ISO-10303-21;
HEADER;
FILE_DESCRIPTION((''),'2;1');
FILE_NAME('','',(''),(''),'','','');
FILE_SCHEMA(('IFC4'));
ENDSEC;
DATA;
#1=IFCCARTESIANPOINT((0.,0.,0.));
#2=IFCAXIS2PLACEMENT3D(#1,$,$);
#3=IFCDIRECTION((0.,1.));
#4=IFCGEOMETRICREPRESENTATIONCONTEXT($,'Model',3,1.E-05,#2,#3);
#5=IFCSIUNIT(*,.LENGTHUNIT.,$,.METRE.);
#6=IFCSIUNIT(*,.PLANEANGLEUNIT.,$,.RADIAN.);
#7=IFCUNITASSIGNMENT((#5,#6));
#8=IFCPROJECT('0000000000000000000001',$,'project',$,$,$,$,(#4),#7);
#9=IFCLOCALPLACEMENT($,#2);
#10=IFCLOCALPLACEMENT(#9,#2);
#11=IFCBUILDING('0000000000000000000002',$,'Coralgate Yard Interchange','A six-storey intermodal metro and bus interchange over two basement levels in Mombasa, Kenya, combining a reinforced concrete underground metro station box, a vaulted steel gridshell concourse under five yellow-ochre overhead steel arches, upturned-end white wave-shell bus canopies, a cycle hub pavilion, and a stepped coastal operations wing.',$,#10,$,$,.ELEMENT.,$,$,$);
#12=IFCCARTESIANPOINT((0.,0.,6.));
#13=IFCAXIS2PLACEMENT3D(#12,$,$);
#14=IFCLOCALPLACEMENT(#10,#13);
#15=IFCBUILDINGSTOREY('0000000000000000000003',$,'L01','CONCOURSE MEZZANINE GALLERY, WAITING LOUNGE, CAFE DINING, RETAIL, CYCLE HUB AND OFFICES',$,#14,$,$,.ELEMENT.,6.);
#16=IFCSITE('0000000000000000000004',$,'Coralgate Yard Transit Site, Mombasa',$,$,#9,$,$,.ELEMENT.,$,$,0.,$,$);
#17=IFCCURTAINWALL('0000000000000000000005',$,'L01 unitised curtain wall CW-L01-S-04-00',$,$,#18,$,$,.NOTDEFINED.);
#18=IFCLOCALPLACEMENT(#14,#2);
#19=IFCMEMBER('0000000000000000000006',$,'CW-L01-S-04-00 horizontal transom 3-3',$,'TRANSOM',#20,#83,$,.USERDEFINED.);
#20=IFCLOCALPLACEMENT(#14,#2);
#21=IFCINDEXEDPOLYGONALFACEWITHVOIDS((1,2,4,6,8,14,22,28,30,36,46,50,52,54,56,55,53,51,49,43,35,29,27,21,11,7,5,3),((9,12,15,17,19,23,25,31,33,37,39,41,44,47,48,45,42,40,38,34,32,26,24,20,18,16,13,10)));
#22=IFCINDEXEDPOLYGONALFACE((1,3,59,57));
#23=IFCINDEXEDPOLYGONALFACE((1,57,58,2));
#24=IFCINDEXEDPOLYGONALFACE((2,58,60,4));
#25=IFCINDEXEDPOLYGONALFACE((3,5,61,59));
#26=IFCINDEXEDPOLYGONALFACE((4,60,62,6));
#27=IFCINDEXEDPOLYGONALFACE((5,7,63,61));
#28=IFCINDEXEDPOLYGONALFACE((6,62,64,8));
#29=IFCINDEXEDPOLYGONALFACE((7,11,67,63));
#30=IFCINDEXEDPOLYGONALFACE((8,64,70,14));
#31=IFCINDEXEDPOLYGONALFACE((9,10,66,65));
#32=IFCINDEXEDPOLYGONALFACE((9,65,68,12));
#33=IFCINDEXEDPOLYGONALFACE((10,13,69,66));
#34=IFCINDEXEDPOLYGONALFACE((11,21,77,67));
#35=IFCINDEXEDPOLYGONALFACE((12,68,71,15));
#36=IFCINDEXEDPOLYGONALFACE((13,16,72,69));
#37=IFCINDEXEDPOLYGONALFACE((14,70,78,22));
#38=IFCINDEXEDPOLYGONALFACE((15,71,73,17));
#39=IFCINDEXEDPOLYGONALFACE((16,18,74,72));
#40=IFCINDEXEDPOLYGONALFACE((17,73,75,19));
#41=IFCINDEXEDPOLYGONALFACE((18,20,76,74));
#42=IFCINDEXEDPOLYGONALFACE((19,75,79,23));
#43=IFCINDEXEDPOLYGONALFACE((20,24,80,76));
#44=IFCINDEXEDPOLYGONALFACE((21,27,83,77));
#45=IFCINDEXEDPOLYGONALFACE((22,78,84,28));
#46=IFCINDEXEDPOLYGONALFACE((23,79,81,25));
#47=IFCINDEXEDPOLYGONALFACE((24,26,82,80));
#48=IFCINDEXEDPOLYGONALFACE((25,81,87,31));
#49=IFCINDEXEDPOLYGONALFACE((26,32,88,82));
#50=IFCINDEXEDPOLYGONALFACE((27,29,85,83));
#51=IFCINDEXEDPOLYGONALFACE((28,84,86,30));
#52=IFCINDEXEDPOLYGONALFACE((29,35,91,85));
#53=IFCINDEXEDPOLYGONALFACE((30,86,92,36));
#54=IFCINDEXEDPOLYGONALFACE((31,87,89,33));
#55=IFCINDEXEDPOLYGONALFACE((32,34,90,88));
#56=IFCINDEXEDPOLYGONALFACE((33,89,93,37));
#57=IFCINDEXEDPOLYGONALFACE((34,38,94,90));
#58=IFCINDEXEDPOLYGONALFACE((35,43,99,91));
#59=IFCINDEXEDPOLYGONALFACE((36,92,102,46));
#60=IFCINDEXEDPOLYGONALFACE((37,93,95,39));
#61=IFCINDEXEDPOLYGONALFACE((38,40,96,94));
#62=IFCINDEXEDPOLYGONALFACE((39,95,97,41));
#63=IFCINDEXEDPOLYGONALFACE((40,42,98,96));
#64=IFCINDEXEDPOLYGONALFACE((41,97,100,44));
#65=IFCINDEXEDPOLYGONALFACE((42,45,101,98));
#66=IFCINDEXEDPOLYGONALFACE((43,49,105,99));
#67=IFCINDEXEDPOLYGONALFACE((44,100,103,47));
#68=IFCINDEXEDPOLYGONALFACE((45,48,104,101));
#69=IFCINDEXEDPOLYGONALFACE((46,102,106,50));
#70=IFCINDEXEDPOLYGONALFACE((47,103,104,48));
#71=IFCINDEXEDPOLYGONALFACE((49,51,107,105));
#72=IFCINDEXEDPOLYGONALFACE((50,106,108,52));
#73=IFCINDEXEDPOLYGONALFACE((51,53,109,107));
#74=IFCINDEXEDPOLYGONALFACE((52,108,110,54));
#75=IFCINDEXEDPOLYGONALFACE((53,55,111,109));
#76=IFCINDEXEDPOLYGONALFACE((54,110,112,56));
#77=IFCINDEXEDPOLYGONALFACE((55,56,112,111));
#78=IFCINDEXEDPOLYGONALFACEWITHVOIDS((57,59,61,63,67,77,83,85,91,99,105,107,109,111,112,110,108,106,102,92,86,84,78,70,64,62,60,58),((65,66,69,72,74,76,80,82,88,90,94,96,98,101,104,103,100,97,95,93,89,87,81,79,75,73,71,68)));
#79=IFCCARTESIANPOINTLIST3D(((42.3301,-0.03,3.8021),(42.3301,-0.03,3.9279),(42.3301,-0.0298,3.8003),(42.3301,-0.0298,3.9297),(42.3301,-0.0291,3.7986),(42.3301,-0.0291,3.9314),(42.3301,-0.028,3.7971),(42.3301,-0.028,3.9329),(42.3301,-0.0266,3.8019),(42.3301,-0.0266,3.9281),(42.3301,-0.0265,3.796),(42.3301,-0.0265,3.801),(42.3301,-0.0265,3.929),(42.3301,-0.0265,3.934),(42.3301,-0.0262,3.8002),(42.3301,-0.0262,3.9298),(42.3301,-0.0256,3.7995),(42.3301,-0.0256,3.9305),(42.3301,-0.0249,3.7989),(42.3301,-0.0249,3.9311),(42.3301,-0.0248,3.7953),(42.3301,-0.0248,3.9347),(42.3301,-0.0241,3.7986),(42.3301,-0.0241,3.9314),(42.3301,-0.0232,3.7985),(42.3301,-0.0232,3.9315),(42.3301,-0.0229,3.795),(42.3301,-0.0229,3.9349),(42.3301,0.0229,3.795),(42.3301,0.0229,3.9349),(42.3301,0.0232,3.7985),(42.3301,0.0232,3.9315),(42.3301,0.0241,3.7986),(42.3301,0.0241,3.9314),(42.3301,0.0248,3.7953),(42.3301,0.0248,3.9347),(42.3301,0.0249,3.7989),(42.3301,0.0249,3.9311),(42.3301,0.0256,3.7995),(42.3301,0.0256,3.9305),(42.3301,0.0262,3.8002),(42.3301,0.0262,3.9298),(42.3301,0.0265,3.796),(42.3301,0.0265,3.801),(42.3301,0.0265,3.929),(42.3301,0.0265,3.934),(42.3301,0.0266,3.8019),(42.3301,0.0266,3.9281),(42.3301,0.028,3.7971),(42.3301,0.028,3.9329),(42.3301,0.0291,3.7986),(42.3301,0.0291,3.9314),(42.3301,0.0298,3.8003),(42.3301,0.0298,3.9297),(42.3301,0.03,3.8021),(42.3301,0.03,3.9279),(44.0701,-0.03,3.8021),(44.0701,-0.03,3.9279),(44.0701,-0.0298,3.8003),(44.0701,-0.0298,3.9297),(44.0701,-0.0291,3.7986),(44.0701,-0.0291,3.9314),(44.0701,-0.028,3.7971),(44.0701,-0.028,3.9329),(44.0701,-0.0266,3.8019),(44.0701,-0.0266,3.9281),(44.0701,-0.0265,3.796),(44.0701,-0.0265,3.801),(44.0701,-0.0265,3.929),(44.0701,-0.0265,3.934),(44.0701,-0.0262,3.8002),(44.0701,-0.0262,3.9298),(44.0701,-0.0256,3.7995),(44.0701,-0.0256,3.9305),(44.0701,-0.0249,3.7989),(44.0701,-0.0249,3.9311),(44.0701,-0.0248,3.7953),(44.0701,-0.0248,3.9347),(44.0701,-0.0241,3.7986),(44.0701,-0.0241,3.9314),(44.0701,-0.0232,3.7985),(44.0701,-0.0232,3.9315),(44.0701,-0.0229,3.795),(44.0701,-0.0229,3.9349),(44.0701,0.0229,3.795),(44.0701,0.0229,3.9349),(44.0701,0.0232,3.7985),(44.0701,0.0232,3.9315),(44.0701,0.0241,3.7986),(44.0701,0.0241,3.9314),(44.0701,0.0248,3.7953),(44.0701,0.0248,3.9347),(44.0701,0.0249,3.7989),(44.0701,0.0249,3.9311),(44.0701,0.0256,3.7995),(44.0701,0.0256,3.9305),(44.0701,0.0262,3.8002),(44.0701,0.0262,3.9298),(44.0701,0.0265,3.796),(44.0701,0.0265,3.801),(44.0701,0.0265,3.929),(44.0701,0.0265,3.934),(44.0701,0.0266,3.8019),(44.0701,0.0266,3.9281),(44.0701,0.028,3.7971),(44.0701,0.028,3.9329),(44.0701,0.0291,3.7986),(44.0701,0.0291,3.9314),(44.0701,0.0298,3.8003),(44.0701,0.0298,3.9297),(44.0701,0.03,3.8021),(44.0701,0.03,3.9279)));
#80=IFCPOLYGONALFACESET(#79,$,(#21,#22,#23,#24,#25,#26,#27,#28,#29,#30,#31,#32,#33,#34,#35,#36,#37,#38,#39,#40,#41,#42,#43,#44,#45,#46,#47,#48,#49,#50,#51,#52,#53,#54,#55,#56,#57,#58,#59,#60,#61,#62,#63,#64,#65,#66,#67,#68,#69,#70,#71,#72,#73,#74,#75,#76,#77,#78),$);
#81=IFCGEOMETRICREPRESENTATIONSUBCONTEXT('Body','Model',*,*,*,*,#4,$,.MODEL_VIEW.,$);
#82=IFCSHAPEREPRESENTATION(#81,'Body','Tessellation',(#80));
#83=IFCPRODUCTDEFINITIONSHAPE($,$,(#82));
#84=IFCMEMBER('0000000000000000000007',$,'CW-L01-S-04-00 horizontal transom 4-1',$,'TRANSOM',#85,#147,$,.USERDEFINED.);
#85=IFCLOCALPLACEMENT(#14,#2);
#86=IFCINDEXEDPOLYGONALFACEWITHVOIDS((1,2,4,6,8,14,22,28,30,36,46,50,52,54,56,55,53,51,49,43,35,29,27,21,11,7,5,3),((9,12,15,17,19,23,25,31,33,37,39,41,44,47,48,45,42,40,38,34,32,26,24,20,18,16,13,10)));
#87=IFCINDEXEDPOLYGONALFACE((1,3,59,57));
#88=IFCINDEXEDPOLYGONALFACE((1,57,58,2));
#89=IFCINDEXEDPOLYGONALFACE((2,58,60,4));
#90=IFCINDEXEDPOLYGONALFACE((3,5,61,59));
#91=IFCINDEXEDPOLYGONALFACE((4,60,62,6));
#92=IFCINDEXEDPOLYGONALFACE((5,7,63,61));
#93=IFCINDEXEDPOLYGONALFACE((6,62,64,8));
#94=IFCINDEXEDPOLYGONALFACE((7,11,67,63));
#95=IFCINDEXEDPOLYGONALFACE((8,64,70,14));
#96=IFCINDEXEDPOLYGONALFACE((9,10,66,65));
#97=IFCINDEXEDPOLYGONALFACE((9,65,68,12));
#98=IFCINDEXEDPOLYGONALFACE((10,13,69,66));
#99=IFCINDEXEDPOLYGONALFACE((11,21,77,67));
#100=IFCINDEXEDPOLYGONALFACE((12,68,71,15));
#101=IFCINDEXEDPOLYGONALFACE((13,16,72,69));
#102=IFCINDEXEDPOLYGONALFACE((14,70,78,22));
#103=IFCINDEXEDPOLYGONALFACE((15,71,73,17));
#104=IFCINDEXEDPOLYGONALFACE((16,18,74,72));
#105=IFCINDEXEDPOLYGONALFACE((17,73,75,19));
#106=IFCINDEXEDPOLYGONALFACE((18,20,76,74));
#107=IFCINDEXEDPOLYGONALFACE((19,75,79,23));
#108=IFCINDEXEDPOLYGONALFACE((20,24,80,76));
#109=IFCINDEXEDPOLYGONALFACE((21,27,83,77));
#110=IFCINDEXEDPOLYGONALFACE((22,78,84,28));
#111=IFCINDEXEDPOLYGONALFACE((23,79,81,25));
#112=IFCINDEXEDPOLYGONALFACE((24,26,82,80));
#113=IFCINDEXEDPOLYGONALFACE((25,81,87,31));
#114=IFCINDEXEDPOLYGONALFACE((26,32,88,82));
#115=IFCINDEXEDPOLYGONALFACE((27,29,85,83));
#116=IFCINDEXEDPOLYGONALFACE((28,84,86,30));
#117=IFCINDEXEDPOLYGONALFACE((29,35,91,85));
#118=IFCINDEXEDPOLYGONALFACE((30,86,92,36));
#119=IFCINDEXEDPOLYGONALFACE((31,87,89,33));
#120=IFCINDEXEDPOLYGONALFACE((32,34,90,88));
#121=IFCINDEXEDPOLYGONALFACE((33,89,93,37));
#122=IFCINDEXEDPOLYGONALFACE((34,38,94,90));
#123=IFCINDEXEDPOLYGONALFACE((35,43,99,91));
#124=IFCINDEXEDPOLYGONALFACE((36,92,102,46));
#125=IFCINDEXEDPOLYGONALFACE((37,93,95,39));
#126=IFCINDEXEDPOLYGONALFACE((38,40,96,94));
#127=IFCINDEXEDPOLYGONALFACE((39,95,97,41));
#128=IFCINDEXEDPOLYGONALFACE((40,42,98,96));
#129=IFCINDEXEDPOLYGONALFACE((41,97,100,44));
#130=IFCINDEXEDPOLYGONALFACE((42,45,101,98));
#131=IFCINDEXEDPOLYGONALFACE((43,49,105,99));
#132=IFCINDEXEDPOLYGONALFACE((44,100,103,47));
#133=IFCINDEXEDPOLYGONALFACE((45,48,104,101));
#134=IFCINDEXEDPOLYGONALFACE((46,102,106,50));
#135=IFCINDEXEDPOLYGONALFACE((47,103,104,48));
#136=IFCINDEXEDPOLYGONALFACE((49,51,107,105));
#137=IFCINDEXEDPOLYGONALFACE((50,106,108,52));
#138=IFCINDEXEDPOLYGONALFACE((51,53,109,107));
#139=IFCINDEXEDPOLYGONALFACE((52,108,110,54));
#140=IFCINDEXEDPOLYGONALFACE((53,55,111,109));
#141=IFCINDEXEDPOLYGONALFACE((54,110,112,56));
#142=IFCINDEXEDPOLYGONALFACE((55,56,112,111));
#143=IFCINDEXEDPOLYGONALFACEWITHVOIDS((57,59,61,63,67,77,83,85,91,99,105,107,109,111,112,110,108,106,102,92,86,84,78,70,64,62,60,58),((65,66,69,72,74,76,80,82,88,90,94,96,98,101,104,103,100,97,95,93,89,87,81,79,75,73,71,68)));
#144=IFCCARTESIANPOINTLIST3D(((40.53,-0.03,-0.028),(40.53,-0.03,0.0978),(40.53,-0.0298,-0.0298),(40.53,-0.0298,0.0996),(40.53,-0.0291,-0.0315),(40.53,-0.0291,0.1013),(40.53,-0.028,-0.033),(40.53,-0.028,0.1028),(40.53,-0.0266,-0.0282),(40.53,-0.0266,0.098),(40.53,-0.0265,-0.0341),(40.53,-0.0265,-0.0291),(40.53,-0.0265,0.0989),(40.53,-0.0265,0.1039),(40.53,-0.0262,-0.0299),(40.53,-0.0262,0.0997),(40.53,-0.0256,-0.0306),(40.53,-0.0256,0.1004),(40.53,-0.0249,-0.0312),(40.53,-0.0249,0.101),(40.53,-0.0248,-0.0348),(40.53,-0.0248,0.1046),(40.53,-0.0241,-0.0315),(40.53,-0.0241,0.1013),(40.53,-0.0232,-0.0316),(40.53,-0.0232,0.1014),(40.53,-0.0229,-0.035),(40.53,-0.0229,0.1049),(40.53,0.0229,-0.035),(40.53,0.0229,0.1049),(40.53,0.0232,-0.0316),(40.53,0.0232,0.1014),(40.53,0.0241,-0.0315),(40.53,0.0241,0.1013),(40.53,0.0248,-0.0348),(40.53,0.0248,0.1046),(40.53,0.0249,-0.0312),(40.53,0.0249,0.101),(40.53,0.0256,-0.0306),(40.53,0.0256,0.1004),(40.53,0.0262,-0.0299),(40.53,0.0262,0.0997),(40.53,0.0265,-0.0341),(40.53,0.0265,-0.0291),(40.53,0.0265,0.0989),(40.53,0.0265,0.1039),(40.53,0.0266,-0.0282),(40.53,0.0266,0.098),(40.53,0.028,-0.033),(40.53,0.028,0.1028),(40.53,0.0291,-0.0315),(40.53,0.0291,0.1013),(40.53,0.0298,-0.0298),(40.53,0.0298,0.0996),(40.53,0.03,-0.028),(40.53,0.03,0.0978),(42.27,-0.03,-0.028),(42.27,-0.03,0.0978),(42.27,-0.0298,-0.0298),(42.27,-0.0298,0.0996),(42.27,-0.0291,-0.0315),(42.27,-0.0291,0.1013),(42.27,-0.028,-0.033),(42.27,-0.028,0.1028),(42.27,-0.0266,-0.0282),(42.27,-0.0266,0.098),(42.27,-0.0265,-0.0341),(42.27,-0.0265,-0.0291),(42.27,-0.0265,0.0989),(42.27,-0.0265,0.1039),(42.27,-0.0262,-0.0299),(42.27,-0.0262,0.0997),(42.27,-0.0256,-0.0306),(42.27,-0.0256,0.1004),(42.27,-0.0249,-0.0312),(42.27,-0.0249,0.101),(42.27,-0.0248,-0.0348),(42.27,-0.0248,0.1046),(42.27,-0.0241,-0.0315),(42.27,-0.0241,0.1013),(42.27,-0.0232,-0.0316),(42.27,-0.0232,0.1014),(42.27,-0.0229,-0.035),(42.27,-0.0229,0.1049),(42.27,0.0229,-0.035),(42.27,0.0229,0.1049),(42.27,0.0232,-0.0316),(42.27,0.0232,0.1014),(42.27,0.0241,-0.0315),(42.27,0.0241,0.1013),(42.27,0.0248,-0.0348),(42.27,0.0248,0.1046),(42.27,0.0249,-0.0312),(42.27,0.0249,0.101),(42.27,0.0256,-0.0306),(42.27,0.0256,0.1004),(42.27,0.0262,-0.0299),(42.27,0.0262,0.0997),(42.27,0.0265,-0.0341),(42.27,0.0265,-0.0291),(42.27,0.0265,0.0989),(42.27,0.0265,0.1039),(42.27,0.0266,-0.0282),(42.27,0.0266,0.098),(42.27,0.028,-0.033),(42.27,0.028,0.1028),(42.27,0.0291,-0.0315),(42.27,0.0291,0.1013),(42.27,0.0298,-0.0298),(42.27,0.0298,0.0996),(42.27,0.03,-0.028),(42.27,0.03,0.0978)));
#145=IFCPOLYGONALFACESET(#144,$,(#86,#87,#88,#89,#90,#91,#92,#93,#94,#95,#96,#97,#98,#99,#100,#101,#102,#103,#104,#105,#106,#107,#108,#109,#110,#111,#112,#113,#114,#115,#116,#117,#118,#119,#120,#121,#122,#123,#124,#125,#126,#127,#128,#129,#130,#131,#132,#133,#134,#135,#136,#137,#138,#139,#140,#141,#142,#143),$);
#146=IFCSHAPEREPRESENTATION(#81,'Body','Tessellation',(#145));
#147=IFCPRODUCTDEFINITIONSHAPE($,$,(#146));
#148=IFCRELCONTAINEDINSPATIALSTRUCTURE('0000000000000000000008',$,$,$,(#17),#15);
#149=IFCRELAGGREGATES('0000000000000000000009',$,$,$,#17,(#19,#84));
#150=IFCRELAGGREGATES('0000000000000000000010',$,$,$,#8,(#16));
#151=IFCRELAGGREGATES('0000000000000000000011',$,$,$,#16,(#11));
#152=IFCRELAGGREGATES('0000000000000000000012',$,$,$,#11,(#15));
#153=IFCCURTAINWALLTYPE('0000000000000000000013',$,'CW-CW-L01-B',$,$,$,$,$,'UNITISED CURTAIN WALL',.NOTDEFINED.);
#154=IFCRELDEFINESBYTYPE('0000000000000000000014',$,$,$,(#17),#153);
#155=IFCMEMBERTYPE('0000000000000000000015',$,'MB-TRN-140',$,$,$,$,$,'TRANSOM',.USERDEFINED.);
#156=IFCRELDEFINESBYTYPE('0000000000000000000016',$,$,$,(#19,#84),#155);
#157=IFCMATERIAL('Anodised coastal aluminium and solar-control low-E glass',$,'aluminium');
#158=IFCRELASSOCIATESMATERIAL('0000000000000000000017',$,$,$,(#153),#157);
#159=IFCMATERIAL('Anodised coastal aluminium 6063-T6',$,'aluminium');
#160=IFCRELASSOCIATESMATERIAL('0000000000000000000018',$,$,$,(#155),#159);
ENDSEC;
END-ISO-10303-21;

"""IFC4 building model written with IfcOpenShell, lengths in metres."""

from ifc_helpers import new_model, si_unit, direction, frame, origin, origin_2d, place, context, subcontext, project, spatial, hollow_rectangle, extrude, material, material_profile, profile_set, type_object, element, aggregate, save


model = new_model("IFC4")

# Units and contexts
model_context = context("Model", 3, precision=1e-05, world=origin(), true_north=direction((0.0, 1.0)))
body_context = subcontext(model_context, "Body", "Model", "MODEL_VIEW")
ifc_project = project(units=[si_unit("LENGTHUNIT", "METRE"), si_unit("PLANEANGLEUNIT", "RADIAN")], contexts=[model_context])

# Site, building, storey
site_placement = place(None, origin())
site = spatial("IfcSite", under=ifc_project, at=site_placement, Name="Coralgate Yard Transit Site, Mombasa", CompositionType="ELEMENT", RefElevation=0.0)
building_placement = place(site_placement, origin())
building = spatial("IfcBuilding", under=site, at=building_placement, Name="Coralgate Yard Interchange", Description="A six-storey intermodal metro and bus interchange over two basement levels in Mombasa, Kenya, combining a reinforced concrete underground metro station box, a vaulted steel gridshell concourse under five yellow-ochre overhead steel arches, upturned-end white wave-shell bus canopies, a cycle hub pavilion, and a stepped coastal operations wing.", CompositionType="ELEMENT")
storey_placement = place(building_placement, frame((0.0, 0.0, 6.0)))
storey = spatial("IfcBuildingStorey", under=building, at=storey_placement, Name="L01", Description="CONCOURSE MEZZANINE GALLERY, WAITING LOUNGE, CAFE DINING, RETAIL, CYCLE HUB AND OFFICES", CompositionType="ELEMENT", Elevation=6.0)

# Curtain wall, members
ifc_material_1 = material(Name="Anodised coastal aluminium and solar-control low-E glass", Category="aluminium")
curtain_wall_type = type_object("IfcCurtainWallType", Name="CW-CW-L01-B", ElementType="UNITISED CURTAIN WALL", PredefinedType="NOTDEFINED", material=ifc_material_1)
curtain_wall_placement = place(storey_placement, origin())
curtain_wall = element("IfcCurtainWall", 1, at=curtain_wall_placement, inside=storey, type_object=curtain_wall_type, Name="L01 unitised curtain wall CW-L01-S-04-00", PredefinedType="NOTDEFINED")
ifc_material_2 = material(Name="Anodised coastal aluminium 6063-T6", Category="aluminium")
ifc_material_profile_1 = material_profile(ifc_material_2, hollow_rectangle(XDim=0.0601, YDim=0.1399, WallThickness=0.0034, InnerFilletRadius=0.0034, OuterFilletRadius=0.0071, at=origin_2d()), Name="ALU 60x140x3.5")
ifc_profile_set_1 = profile_set([ifc_material_profile_1], Name="Anodised coastal aluminium 6063-T6")
member_type_1 = type_object("IfcMemberType", Name="MB-TRN-140", ElementType="TRANSOM", PredefinedType="USERDEFINED", material=ifc_profile_set_1)
member_1_placement = place(storey_placement, frame((44.0701, 0.0, 3.865), z_axis=(-1.0, 0.0, 0.0), x_axis=(0.0, -1.0, 0.0)))
member_1 = element("IfcMember", 2, at=member_1_placement, type_object=member_type_1, Name="CW-L01-S-04-00 horizontal transom 3-3", ObjectType="TRANSOM", PredefinedType="USERDEFINED", context=body_context, shape_type="SweptSolid", body=[
    extrude(hollow_rectangle(XDim=0.0601, YDim=0.1399, WallThickness=0.0034, InnerFilletRadius=0.0034, OuterFilletRadius=0.0071, at=origin_2d()), origin(), (0.0, 0.0, 1.0), 1.74),
])
member_2_placement = place(storey_placement, frame((42.27, 0.0, 0.0349), z_axis=(-1.0, 0.0, 0.0), x_axis=(0.0, -1.0, 0.0)))
member_2 = element("IfcMember", 3, at=member_2_placement, type_object=member_type_1, Name="CW-L01-S-04-00 horizontal transom 4-1", ObjectType="TRANSOM", PredefinedType="USERDEFINED", context=body_context, shape_type="SweptSolid", body=[
    extrude(hollow_rectangle(XDim=0.0601, YDim=0.1399, WallThickness=0.0034, InnerFilletRadius=0.0034, OuterFilletRadius=0.0071, at=origin_2d()), origin(), (0.0, 0.0, 1.0), 1.74),
])
aggregate(curtain_wall, [member_1, member_2])

save(model, "model.ifc")
